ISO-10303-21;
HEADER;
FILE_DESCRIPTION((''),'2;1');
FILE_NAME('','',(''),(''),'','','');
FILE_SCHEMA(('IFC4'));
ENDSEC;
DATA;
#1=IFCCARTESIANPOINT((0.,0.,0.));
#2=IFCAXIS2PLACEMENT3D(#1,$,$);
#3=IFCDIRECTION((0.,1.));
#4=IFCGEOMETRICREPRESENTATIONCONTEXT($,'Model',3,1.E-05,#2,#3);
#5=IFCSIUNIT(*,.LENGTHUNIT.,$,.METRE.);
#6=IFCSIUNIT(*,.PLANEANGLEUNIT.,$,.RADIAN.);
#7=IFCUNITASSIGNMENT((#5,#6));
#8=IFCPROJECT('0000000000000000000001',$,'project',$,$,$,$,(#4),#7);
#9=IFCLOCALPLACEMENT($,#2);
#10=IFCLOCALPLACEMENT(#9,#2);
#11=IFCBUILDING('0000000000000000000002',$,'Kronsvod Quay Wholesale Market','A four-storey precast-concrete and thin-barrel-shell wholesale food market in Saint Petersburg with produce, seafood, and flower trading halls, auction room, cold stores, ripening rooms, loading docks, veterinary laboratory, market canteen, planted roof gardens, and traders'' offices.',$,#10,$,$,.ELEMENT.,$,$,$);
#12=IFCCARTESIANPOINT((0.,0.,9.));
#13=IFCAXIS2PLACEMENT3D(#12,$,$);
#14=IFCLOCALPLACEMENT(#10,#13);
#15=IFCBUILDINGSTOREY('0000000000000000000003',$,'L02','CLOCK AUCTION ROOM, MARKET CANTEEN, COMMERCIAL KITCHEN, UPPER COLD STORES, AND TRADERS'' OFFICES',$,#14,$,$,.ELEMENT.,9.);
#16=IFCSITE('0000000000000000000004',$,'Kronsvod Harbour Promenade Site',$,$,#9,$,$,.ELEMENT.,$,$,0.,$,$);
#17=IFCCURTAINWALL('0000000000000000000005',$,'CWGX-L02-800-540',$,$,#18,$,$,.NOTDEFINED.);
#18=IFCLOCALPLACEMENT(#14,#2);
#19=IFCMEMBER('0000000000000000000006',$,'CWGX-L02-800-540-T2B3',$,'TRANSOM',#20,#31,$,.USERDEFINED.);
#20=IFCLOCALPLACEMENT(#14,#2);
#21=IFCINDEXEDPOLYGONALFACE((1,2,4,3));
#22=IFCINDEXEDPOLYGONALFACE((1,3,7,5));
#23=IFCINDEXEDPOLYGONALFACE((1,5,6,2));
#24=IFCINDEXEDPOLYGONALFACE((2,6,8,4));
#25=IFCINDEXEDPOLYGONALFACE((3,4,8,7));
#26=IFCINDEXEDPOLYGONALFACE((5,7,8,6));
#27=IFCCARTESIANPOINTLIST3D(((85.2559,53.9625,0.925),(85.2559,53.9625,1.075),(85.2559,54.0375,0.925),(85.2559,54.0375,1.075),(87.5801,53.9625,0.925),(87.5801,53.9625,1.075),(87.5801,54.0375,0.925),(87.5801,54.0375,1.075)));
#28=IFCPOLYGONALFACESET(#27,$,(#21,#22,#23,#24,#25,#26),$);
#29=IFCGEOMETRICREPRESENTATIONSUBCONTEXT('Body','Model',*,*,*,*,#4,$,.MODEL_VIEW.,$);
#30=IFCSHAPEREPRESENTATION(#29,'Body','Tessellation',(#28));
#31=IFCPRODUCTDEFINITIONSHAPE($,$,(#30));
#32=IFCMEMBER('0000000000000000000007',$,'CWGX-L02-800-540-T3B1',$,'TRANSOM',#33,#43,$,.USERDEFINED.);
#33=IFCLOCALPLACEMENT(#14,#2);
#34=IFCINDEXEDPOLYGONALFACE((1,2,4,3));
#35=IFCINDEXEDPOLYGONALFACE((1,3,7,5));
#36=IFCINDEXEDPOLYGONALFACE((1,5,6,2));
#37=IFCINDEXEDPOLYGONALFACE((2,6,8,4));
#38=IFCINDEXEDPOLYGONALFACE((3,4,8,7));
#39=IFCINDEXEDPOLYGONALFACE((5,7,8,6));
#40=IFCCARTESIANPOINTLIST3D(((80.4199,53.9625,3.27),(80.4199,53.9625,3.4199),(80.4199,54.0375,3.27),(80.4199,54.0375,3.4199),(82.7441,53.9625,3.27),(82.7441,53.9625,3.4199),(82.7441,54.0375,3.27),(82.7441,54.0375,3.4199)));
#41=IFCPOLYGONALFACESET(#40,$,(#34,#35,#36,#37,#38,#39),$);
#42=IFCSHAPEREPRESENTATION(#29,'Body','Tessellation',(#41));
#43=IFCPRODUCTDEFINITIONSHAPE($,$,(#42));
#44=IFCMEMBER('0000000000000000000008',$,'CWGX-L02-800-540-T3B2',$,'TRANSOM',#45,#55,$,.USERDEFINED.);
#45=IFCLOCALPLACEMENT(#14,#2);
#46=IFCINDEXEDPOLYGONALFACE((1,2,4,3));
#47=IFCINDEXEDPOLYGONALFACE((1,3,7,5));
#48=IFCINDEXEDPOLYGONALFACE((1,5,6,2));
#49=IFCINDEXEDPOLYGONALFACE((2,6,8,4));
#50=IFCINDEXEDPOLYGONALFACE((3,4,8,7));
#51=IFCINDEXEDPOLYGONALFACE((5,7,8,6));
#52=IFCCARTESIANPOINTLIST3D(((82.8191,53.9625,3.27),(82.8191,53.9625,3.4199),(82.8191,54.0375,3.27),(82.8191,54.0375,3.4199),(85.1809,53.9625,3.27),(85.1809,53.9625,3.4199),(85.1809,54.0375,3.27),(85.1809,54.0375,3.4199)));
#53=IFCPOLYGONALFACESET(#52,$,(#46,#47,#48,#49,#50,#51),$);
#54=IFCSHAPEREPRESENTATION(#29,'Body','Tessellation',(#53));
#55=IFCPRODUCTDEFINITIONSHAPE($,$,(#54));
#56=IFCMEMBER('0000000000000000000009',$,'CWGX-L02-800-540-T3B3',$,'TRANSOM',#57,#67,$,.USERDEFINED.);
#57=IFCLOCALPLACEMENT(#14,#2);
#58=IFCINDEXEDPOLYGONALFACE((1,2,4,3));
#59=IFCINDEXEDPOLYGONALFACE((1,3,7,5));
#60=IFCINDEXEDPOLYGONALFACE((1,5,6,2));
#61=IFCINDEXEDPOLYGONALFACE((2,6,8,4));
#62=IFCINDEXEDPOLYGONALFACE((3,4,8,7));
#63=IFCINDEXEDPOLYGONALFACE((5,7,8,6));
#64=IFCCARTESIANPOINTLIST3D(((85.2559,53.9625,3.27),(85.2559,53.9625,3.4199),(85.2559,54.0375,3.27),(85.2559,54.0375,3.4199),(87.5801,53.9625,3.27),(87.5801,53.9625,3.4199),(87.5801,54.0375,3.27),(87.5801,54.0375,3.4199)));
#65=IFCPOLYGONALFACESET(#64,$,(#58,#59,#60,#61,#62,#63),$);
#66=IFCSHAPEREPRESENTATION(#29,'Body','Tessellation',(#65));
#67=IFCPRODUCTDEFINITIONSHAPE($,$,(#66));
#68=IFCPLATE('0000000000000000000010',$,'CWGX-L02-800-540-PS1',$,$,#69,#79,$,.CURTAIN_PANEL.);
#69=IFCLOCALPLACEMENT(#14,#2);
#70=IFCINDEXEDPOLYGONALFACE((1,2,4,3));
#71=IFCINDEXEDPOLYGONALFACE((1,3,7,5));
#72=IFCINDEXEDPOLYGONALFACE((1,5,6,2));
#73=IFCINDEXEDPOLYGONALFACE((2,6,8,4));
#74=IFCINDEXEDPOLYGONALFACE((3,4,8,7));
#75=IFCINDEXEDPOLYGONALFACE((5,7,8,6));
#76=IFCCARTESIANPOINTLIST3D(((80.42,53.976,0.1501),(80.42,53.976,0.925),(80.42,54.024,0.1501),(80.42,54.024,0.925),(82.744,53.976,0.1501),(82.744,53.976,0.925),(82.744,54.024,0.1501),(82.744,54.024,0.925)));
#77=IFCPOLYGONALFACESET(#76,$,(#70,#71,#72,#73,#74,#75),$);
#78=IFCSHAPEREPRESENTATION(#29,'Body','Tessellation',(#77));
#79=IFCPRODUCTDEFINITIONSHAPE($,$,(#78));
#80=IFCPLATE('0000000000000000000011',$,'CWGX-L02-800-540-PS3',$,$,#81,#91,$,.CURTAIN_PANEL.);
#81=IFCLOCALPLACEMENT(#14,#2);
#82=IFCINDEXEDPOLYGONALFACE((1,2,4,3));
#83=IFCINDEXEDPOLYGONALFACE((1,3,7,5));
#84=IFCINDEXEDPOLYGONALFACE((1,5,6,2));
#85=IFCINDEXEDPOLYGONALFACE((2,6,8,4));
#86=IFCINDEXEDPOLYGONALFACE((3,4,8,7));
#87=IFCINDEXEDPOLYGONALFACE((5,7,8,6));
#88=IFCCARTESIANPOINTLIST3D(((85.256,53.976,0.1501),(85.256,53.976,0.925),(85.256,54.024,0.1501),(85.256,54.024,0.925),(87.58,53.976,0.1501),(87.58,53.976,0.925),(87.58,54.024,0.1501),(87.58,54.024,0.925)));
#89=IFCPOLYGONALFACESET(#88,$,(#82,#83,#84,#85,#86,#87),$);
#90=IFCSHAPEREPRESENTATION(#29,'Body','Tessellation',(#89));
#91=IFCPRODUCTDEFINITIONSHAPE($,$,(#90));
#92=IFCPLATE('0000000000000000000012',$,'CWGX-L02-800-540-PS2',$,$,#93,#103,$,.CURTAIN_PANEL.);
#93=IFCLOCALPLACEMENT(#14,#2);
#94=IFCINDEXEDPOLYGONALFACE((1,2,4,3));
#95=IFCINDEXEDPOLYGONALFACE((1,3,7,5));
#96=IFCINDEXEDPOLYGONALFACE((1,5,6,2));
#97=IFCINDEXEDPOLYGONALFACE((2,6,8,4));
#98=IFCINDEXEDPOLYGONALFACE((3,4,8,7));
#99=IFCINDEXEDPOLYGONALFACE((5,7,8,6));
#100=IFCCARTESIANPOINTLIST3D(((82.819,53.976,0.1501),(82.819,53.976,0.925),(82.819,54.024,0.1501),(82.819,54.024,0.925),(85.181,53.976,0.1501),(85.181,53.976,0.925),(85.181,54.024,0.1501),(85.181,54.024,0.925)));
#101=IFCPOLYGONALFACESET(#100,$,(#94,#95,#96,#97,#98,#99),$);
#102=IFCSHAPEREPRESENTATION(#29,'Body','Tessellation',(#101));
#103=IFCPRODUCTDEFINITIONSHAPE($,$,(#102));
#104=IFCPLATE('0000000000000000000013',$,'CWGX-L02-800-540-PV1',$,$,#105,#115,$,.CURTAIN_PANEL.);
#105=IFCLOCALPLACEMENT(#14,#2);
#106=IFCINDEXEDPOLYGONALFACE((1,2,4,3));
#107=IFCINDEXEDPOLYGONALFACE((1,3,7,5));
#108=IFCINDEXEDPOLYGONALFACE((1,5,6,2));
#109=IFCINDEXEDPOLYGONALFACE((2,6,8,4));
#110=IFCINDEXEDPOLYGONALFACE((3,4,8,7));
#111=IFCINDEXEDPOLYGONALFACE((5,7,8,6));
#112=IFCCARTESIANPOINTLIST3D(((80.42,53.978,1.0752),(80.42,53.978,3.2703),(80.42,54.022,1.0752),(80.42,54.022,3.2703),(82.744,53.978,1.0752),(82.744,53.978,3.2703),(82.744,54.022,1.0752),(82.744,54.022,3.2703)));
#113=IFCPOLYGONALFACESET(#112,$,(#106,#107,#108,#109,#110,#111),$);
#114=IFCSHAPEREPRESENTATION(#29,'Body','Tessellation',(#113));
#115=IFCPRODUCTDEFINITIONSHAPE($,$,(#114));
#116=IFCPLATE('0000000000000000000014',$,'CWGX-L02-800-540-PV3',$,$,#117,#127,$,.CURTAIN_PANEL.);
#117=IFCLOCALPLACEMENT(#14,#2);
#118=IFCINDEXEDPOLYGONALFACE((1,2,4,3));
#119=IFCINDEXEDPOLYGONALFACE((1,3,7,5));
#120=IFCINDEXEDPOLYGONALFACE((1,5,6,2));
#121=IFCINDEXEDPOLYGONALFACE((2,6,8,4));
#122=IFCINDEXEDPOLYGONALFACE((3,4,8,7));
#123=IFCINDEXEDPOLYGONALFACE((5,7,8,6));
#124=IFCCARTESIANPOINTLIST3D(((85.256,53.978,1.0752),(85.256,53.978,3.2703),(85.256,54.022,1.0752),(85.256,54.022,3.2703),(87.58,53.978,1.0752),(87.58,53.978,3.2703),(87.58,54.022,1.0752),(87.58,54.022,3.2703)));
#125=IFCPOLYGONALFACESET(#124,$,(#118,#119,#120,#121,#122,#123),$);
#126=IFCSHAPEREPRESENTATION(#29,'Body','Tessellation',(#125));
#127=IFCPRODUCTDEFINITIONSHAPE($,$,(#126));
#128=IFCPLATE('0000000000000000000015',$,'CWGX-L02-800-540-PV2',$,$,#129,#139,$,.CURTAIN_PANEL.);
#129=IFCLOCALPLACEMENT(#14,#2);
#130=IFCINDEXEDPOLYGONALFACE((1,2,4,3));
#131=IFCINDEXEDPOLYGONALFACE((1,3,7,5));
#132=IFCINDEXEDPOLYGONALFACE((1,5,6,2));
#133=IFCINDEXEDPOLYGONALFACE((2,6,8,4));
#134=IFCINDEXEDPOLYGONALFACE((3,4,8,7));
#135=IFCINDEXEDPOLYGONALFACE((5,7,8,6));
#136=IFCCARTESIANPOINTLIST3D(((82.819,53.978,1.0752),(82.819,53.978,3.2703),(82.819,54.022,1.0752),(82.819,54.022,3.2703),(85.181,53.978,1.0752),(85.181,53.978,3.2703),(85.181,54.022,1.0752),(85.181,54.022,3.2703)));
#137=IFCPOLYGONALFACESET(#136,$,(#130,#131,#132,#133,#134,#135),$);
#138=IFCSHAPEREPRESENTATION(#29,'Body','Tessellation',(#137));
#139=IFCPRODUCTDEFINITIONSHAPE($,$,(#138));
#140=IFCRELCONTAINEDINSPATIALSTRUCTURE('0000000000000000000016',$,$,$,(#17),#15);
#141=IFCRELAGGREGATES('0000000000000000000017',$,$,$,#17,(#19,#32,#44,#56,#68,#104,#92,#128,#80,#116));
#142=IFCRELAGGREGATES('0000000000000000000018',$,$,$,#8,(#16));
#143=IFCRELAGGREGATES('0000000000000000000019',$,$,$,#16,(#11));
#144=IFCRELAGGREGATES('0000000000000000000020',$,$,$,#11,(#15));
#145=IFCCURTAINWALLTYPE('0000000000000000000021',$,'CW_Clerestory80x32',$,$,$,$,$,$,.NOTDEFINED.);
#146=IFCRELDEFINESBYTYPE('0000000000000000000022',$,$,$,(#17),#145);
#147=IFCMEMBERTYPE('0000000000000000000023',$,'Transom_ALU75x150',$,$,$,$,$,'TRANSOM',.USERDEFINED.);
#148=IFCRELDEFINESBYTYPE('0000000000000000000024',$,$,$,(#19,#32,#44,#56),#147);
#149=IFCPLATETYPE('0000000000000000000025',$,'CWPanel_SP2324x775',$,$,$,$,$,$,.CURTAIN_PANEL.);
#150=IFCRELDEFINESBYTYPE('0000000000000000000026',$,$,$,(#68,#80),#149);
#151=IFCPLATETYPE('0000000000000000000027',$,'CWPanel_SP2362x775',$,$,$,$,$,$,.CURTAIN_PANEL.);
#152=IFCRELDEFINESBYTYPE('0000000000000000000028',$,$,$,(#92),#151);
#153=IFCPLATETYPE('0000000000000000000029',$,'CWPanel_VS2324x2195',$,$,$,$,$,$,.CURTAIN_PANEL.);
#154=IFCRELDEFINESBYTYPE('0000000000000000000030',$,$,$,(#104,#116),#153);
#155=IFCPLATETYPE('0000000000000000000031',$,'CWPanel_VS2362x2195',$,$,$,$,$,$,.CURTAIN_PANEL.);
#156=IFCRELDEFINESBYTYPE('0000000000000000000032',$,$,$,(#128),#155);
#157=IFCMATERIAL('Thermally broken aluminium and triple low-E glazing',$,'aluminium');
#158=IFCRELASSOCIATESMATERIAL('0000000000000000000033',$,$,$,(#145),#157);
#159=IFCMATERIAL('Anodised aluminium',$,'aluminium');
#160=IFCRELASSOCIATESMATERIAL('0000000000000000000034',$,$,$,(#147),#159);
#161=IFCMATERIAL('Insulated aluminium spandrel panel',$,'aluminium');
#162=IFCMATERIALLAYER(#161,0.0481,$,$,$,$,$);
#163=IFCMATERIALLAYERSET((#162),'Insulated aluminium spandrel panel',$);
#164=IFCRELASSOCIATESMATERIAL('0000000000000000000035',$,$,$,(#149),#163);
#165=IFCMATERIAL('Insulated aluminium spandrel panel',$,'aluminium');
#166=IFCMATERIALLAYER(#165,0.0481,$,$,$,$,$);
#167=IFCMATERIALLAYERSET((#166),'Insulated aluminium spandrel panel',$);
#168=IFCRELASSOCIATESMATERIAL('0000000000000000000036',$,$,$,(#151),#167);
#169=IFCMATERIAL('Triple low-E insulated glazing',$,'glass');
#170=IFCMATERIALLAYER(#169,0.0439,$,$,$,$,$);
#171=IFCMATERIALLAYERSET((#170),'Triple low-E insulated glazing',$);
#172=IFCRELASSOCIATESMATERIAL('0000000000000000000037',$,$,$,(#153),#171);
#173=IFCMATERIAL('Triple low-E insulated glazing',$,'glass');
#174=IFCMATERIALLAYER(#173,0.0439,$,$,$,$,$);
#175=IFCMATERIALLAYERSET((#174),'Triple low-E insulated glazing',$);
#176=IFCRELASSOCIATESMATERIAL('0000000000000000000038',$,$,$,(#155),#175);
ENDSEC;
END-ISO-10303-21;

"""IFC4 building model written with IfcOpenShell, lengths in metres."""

from ifc_helpers import new_model, si_unit, direction, frame, origin, origin_2d, place, context, subcontext, project, spatial, rectangle, extrude, material, layer, layer_set, material_profile, profile_set, type_object, element, aggregate, save


model = new_model("IFC4")

# Units and contexts
model_context = context("Model", 3, precision=1e-05, world=origin(), true_north=direction((0.0, 1.0)))
body_context = subcontext(model_context, "Body", "Model", "MODEL_VIEW")
ifc_project = project(units=[si_unit("LENGTHUNIT", "METRE"), si_unit("PLANEANGLEUNIT", "RADIAN")], contexts=[model_context])

# Site, building, storey
site_placement = place(None, origin())
site = spatial("IfcSite", under=ifc_project, at=site_placement, Name="Kronsvod Harbour Promenade Site", CompositionType="ELEMENT", RefElevation=0.0)
building_placement = place(site_placement, origin())
building = spatial("IfcBuilding", under=site, at=building_placement, Name="Kronsvod Quay Wholesale Market", Description="A four-storey precast-concrete and thin-barrel-shell wholesale food market in Saint Petersburg with produce, seafood, and flower trading halls, auction room, cold stores, ripening rooms, loading docks, veterinary laboratory, market canteen, planted roof gardens, and traders' offices.", CompositionType="ELEMENT")
storey_placement = place(building_placement, frame((0.0, 0.0, 9.0)))
storey = spatial("IfcBuildingStorey", under=building, at=storey_placement, Name="L02", Description="CLOCK AUCTION ROOM, MARKET CANTEEN, COMMERCIAL KITCHEN, UPPER COLD STORES, AND TRADERS' OFFICES", CompositionType="ELEMENT", Elevation=9.0)

# Curtain wall, members, plates
ifc_material_1 = material(Name="Thermally broken aluminium and triple low-E glazing", Category="aluminium")
curtain_wall_type = type_object("IfcCurtainWallType", Name="CW_Clerestory80x32", PredefinedType="NOTDEFINED", material=ifc_material_1)
curtain_wall_placement = place(storey_placement, origin())
curtain_wall = element("IfcCurtainWall", 1, at=curtain_wall_placement, inside=storey, type_object=curtain_wall_type, Name="CWGX-L02-800-540", PredefinedType="NOTDEFINED")
ifc_material_2 = material(Name="Anodised aluminium", Category="aluminium")
ifc_material_profile_1 = material_profile(ifc_material_2, rectangle(XDim=0.075, YDim=0.1499, at=origin_2d()), Name="ALUT75x150")
ifc_profile_set_1 = profile_set([ifc_material_profile_1], Name="Anodised aluminium")
member_type_1 = type_object("IfcMemberType", Name="Transom_ALU75x150", ElementType="TRANSOM", PredefinedType="USERDEFINED", material=ifc_profile_set_1)
member_1_placement = place(storey_placement, frame((85.2559, 54.0, 1.0), z_axis=(1.0, 0.0, 0.0), x_axis=(0.0, 1.0, 0.0)))
member_1 = element("IfcMember", 2, at=member_1_placement, type_object=member_type_1, Name="CWGX-L02-800-540-T2B3", ObjectType="TRANSOM", PredefinedType="USERDEFINED", context=body_context, shape_type="SweptSolid", body=[
    extrude(rectangle(XDim=0.075, YDim=0.1499, at=origin_2d()), origin(), (0.0, 0.0, 1.0), 2.3242),
])
member_2_placement = place(storey_placement, frame((80.4199, 54.0, 3.345), z_axis=(1.0, 0.0, 0.0), x_axis=(0.0, 1.0, 0.0)))
member_2 = element("IfcMember", 3, at=member_2_placement, type_object=member_type_1, Name="CWGX-L02-800-540-T3B1", ObjectType="TRANSOM", PredefinedType="USERDEFINED", context=body_context, shape_type="SweptSolid", body=[
    extrude(rectangle(XDim=0.075, YDim=0.1499, at=origin_2d()), origin(), (0.0, 0.0, 1.0), 2.3242),
])
member_3_placement = place(storey_placement, frame((82.8191, 54.0, 3.345), z_axis=(1.0, 0.0, 0.0), x_axis=(0.0, 1.0, 0.0)))
member_3 = element("IfcMember", 4, at=member_3_placement, type_object=member_type_1, Name="CWGX-L02-800-540-T3B2", ObjectType="TRANSOM", PredefinedType="USERDEFINED", context=body_context, shape_type="SweptSolid", body=[
    extrude(rectangle(XDim=0.075, YDim=0.1499, at=origin_2d()), origin(), (0.0, 0.0, 1.0), 2.3618),
])
member_4_placement = place(storey_placement, frame((85.2559, 54.0, 3.345), z_axis=(1.0, 0.0, 0.0), x_axis=(0.0, 1.0, 0.0)))
member_4 = element("IfcMember", 5, at=member_4_placement, type_object=member_type_1, Name="CWGX-L02-800-540-T3B3", ObjectType="TRANSOM", PredefinedType="USERDEFINED", context=body_context, shape_type="SweptSolid", body=[
    extrude(rectangle(XDim=0.075, YDim=0.1499, at=origin_2d()), origin(), (0.0, 0.0, 1.0), 2.3242),
])
ifc_material_3 = material(Name="Insulated aluminium spandrel panel", Category="aluminium")
ifc_layer_1 = layer(ifc_material_3, 0.0481)
ifc_layer_set_1 = layer_set([ifc_layer_1], Name="Insulated aluminium spandrel panel")
plate_type_1 = type_object("IfcPlateType", Name="CWPanel_SP2324x775", PredefinedType="CURTAIN_PANEL", material=ifc_layer_set_1)
plate_1_placement = place(storey_placement, frame((81.582, 54.0, 0.1501), z_axis=(0.0, 0.0, 1.0), x_axis=(1.0, 0.0, 0.0)))
plate_1 = element("IfcPlate", 6, at=plate_1_placement, type_object=plate_type_1, Name="CWGX-L02-800-540-PS1", PredefinedType="CURTAIN_PANEL", context=body_context, shape_type="SweptSolid", body=[
    extrude(rectangle(XDim=2.324, YDim=0.0481, at=origin_2d()), origin(), (0.0, 0.0, 1.0), 0.7749),
])
plate_2_placement = place(storey_placement, frame((86.418, 54.0, 0.1501), z_axis=(0.0, 0.0, 1.0), x_axis=(1.0, 0.0, 0.0)))
plate_2 = element("IfcPlate", 7, at=plate_2_placement, type_object=plate_type_1, Name="CWGX-L02-800-540-PS3", PredefinedType="CURTAIN_PANEL", context=body_context, shape_type="SweptSolid", body=[
    extrude(rectangle(XDim=2.324, YDim=0.0481, at=origin_2d()), origin(), (0.0, 0.0, 1.0), 0.7749),
])
ifc_material_4 = material(Name="Insulated aluminium spandrel panel", Category="aluminium")
ifc_layer_2 = layer(ifc_material_4, 0.0481)
ifc_layer_set_2 = layer_set([ifc_layer_2], Name="Insulated aluminium spandrel panel")
plate_type_2 = type_object("IfcPlateType", Name="CWPanel_SP2362x775", PredefinedType="CURTAIN_PANEL", material=ifc_layer_set_2)
plate_3_placement = place(storey_placement, frame((84.0, 54.0, 0.1501), z_axis=(0.0, 0.0, 1.0), x_axis=(1.0, 0.0, 0.0)))
plate_3 = element("IfcPlate", 8, at=plate_3_placement, type_object=plate_type_2, Name="CWGX-L02-800-540-PS2", PredefinedType="CURTAIN_PANEL", context=body_context, shape_type="SweptSolid", body=[
    extrude(rectangle(XDim=2.3621, YDim=0.0481, at=origin_2d()), origin(), (0.0, 0.0, 1.0), 0.7749),
])
ifc_material_5 = material(Name="Triple low-E insulated glazing", Category="glass")
ifc_layer_3 = layer(ifc_material_5, 0.0439)
ifc_layer_set_3 = layer_set([ifc_layer_3], Name="Triple low-E insulated glazing")
plate_type_3 = type_object("IfcPlateType", Name="CWPanel_VS2324x2195", PredefinedType="CURTAIN_PANEL", material=ifc_layer_set_3)
plate_4_placement = place(storey_placement, frame((81.582, 54.0, 1.0752), z_axis=(0.0, 0.0, 1.0), x_axis=(1.0, 0.0, 0.0)))
plate_4 = element("IfcPlate", 9, at=plate_4_placement, type_object=plate_type_3, Name="CWGX-L02-800-540-PV1", PredefinedType="CURTAIN_PANEL", context=body_context, shape_type="SweptSolid", body=[
    extrude(rectangle(XDim=2.324, YDim=0.0439, at=origin_2d()), origin(), (0.0, 0.0, 1.0), 2.1951),
])
plate_5_placement = place(storey_placement, frame((86.418, 54.0, 1.0752), z_axis=(0.0, 0.0, 1.0), x_axis=(1.0, 0.0, 0.0)))
plate_5 = element("IfcPlate", 10, at=plate_5_placement, type_object=plate_type_3, Name="CWGX-L02-800-540-PV3", PredefinedType="CURTAIN_PANEL", context=body_context, shape_type="SweptSolid", body=[
    extrude(rectangle(XDim=2.324, YDim=0.0439, at=origin_2d()), origin(), (0.0, 0.0, 1.0), 2.1951),
])
ifc_material_6 = material(Name="Triple low-E insulated glazing", Category="glass")
ifc_layer_4 = layer(ifc_material_6, 0.0439)
ifc_layer_set_4 = layer_set([ifc_layer_4], Name="Triple low-E insulated glazing")
plate_type_4 = type_object("IfcPlateType", Name="CWPanel_VS2362x2195", PredefinedType="CURTAIN_PANEL", material=ifc_layer_set_4)
plate_6_placement = place(storey_placement, frame((84.0, 54.0, 1.0752), z_axis=(0.0, 0.0, 1.0), x_axis=(1.0, 0.0, 0.0)))
plate_6 = element("IfcPlate", 11, at=plate_6_placement, type_object=plate_type_4, Name="CWGX-L02-800-540-PV2", PredefinedType="CURTAIN_PANEL", context=body_context, shape_type="SweptSolid", body=[
    extrude(rectangle(XDim=2.3621, YDim=0.0439, at=origin_2d()), origin(), (0.0, 0.0, 1.0), 2.1951),
])
aggregate(curtain_wall, [member_1, member_2, member_3, member_4, plate_1, plate_4, plate_3, plate_6, plate_2, plate_5])

save(model, "model.ifc")
